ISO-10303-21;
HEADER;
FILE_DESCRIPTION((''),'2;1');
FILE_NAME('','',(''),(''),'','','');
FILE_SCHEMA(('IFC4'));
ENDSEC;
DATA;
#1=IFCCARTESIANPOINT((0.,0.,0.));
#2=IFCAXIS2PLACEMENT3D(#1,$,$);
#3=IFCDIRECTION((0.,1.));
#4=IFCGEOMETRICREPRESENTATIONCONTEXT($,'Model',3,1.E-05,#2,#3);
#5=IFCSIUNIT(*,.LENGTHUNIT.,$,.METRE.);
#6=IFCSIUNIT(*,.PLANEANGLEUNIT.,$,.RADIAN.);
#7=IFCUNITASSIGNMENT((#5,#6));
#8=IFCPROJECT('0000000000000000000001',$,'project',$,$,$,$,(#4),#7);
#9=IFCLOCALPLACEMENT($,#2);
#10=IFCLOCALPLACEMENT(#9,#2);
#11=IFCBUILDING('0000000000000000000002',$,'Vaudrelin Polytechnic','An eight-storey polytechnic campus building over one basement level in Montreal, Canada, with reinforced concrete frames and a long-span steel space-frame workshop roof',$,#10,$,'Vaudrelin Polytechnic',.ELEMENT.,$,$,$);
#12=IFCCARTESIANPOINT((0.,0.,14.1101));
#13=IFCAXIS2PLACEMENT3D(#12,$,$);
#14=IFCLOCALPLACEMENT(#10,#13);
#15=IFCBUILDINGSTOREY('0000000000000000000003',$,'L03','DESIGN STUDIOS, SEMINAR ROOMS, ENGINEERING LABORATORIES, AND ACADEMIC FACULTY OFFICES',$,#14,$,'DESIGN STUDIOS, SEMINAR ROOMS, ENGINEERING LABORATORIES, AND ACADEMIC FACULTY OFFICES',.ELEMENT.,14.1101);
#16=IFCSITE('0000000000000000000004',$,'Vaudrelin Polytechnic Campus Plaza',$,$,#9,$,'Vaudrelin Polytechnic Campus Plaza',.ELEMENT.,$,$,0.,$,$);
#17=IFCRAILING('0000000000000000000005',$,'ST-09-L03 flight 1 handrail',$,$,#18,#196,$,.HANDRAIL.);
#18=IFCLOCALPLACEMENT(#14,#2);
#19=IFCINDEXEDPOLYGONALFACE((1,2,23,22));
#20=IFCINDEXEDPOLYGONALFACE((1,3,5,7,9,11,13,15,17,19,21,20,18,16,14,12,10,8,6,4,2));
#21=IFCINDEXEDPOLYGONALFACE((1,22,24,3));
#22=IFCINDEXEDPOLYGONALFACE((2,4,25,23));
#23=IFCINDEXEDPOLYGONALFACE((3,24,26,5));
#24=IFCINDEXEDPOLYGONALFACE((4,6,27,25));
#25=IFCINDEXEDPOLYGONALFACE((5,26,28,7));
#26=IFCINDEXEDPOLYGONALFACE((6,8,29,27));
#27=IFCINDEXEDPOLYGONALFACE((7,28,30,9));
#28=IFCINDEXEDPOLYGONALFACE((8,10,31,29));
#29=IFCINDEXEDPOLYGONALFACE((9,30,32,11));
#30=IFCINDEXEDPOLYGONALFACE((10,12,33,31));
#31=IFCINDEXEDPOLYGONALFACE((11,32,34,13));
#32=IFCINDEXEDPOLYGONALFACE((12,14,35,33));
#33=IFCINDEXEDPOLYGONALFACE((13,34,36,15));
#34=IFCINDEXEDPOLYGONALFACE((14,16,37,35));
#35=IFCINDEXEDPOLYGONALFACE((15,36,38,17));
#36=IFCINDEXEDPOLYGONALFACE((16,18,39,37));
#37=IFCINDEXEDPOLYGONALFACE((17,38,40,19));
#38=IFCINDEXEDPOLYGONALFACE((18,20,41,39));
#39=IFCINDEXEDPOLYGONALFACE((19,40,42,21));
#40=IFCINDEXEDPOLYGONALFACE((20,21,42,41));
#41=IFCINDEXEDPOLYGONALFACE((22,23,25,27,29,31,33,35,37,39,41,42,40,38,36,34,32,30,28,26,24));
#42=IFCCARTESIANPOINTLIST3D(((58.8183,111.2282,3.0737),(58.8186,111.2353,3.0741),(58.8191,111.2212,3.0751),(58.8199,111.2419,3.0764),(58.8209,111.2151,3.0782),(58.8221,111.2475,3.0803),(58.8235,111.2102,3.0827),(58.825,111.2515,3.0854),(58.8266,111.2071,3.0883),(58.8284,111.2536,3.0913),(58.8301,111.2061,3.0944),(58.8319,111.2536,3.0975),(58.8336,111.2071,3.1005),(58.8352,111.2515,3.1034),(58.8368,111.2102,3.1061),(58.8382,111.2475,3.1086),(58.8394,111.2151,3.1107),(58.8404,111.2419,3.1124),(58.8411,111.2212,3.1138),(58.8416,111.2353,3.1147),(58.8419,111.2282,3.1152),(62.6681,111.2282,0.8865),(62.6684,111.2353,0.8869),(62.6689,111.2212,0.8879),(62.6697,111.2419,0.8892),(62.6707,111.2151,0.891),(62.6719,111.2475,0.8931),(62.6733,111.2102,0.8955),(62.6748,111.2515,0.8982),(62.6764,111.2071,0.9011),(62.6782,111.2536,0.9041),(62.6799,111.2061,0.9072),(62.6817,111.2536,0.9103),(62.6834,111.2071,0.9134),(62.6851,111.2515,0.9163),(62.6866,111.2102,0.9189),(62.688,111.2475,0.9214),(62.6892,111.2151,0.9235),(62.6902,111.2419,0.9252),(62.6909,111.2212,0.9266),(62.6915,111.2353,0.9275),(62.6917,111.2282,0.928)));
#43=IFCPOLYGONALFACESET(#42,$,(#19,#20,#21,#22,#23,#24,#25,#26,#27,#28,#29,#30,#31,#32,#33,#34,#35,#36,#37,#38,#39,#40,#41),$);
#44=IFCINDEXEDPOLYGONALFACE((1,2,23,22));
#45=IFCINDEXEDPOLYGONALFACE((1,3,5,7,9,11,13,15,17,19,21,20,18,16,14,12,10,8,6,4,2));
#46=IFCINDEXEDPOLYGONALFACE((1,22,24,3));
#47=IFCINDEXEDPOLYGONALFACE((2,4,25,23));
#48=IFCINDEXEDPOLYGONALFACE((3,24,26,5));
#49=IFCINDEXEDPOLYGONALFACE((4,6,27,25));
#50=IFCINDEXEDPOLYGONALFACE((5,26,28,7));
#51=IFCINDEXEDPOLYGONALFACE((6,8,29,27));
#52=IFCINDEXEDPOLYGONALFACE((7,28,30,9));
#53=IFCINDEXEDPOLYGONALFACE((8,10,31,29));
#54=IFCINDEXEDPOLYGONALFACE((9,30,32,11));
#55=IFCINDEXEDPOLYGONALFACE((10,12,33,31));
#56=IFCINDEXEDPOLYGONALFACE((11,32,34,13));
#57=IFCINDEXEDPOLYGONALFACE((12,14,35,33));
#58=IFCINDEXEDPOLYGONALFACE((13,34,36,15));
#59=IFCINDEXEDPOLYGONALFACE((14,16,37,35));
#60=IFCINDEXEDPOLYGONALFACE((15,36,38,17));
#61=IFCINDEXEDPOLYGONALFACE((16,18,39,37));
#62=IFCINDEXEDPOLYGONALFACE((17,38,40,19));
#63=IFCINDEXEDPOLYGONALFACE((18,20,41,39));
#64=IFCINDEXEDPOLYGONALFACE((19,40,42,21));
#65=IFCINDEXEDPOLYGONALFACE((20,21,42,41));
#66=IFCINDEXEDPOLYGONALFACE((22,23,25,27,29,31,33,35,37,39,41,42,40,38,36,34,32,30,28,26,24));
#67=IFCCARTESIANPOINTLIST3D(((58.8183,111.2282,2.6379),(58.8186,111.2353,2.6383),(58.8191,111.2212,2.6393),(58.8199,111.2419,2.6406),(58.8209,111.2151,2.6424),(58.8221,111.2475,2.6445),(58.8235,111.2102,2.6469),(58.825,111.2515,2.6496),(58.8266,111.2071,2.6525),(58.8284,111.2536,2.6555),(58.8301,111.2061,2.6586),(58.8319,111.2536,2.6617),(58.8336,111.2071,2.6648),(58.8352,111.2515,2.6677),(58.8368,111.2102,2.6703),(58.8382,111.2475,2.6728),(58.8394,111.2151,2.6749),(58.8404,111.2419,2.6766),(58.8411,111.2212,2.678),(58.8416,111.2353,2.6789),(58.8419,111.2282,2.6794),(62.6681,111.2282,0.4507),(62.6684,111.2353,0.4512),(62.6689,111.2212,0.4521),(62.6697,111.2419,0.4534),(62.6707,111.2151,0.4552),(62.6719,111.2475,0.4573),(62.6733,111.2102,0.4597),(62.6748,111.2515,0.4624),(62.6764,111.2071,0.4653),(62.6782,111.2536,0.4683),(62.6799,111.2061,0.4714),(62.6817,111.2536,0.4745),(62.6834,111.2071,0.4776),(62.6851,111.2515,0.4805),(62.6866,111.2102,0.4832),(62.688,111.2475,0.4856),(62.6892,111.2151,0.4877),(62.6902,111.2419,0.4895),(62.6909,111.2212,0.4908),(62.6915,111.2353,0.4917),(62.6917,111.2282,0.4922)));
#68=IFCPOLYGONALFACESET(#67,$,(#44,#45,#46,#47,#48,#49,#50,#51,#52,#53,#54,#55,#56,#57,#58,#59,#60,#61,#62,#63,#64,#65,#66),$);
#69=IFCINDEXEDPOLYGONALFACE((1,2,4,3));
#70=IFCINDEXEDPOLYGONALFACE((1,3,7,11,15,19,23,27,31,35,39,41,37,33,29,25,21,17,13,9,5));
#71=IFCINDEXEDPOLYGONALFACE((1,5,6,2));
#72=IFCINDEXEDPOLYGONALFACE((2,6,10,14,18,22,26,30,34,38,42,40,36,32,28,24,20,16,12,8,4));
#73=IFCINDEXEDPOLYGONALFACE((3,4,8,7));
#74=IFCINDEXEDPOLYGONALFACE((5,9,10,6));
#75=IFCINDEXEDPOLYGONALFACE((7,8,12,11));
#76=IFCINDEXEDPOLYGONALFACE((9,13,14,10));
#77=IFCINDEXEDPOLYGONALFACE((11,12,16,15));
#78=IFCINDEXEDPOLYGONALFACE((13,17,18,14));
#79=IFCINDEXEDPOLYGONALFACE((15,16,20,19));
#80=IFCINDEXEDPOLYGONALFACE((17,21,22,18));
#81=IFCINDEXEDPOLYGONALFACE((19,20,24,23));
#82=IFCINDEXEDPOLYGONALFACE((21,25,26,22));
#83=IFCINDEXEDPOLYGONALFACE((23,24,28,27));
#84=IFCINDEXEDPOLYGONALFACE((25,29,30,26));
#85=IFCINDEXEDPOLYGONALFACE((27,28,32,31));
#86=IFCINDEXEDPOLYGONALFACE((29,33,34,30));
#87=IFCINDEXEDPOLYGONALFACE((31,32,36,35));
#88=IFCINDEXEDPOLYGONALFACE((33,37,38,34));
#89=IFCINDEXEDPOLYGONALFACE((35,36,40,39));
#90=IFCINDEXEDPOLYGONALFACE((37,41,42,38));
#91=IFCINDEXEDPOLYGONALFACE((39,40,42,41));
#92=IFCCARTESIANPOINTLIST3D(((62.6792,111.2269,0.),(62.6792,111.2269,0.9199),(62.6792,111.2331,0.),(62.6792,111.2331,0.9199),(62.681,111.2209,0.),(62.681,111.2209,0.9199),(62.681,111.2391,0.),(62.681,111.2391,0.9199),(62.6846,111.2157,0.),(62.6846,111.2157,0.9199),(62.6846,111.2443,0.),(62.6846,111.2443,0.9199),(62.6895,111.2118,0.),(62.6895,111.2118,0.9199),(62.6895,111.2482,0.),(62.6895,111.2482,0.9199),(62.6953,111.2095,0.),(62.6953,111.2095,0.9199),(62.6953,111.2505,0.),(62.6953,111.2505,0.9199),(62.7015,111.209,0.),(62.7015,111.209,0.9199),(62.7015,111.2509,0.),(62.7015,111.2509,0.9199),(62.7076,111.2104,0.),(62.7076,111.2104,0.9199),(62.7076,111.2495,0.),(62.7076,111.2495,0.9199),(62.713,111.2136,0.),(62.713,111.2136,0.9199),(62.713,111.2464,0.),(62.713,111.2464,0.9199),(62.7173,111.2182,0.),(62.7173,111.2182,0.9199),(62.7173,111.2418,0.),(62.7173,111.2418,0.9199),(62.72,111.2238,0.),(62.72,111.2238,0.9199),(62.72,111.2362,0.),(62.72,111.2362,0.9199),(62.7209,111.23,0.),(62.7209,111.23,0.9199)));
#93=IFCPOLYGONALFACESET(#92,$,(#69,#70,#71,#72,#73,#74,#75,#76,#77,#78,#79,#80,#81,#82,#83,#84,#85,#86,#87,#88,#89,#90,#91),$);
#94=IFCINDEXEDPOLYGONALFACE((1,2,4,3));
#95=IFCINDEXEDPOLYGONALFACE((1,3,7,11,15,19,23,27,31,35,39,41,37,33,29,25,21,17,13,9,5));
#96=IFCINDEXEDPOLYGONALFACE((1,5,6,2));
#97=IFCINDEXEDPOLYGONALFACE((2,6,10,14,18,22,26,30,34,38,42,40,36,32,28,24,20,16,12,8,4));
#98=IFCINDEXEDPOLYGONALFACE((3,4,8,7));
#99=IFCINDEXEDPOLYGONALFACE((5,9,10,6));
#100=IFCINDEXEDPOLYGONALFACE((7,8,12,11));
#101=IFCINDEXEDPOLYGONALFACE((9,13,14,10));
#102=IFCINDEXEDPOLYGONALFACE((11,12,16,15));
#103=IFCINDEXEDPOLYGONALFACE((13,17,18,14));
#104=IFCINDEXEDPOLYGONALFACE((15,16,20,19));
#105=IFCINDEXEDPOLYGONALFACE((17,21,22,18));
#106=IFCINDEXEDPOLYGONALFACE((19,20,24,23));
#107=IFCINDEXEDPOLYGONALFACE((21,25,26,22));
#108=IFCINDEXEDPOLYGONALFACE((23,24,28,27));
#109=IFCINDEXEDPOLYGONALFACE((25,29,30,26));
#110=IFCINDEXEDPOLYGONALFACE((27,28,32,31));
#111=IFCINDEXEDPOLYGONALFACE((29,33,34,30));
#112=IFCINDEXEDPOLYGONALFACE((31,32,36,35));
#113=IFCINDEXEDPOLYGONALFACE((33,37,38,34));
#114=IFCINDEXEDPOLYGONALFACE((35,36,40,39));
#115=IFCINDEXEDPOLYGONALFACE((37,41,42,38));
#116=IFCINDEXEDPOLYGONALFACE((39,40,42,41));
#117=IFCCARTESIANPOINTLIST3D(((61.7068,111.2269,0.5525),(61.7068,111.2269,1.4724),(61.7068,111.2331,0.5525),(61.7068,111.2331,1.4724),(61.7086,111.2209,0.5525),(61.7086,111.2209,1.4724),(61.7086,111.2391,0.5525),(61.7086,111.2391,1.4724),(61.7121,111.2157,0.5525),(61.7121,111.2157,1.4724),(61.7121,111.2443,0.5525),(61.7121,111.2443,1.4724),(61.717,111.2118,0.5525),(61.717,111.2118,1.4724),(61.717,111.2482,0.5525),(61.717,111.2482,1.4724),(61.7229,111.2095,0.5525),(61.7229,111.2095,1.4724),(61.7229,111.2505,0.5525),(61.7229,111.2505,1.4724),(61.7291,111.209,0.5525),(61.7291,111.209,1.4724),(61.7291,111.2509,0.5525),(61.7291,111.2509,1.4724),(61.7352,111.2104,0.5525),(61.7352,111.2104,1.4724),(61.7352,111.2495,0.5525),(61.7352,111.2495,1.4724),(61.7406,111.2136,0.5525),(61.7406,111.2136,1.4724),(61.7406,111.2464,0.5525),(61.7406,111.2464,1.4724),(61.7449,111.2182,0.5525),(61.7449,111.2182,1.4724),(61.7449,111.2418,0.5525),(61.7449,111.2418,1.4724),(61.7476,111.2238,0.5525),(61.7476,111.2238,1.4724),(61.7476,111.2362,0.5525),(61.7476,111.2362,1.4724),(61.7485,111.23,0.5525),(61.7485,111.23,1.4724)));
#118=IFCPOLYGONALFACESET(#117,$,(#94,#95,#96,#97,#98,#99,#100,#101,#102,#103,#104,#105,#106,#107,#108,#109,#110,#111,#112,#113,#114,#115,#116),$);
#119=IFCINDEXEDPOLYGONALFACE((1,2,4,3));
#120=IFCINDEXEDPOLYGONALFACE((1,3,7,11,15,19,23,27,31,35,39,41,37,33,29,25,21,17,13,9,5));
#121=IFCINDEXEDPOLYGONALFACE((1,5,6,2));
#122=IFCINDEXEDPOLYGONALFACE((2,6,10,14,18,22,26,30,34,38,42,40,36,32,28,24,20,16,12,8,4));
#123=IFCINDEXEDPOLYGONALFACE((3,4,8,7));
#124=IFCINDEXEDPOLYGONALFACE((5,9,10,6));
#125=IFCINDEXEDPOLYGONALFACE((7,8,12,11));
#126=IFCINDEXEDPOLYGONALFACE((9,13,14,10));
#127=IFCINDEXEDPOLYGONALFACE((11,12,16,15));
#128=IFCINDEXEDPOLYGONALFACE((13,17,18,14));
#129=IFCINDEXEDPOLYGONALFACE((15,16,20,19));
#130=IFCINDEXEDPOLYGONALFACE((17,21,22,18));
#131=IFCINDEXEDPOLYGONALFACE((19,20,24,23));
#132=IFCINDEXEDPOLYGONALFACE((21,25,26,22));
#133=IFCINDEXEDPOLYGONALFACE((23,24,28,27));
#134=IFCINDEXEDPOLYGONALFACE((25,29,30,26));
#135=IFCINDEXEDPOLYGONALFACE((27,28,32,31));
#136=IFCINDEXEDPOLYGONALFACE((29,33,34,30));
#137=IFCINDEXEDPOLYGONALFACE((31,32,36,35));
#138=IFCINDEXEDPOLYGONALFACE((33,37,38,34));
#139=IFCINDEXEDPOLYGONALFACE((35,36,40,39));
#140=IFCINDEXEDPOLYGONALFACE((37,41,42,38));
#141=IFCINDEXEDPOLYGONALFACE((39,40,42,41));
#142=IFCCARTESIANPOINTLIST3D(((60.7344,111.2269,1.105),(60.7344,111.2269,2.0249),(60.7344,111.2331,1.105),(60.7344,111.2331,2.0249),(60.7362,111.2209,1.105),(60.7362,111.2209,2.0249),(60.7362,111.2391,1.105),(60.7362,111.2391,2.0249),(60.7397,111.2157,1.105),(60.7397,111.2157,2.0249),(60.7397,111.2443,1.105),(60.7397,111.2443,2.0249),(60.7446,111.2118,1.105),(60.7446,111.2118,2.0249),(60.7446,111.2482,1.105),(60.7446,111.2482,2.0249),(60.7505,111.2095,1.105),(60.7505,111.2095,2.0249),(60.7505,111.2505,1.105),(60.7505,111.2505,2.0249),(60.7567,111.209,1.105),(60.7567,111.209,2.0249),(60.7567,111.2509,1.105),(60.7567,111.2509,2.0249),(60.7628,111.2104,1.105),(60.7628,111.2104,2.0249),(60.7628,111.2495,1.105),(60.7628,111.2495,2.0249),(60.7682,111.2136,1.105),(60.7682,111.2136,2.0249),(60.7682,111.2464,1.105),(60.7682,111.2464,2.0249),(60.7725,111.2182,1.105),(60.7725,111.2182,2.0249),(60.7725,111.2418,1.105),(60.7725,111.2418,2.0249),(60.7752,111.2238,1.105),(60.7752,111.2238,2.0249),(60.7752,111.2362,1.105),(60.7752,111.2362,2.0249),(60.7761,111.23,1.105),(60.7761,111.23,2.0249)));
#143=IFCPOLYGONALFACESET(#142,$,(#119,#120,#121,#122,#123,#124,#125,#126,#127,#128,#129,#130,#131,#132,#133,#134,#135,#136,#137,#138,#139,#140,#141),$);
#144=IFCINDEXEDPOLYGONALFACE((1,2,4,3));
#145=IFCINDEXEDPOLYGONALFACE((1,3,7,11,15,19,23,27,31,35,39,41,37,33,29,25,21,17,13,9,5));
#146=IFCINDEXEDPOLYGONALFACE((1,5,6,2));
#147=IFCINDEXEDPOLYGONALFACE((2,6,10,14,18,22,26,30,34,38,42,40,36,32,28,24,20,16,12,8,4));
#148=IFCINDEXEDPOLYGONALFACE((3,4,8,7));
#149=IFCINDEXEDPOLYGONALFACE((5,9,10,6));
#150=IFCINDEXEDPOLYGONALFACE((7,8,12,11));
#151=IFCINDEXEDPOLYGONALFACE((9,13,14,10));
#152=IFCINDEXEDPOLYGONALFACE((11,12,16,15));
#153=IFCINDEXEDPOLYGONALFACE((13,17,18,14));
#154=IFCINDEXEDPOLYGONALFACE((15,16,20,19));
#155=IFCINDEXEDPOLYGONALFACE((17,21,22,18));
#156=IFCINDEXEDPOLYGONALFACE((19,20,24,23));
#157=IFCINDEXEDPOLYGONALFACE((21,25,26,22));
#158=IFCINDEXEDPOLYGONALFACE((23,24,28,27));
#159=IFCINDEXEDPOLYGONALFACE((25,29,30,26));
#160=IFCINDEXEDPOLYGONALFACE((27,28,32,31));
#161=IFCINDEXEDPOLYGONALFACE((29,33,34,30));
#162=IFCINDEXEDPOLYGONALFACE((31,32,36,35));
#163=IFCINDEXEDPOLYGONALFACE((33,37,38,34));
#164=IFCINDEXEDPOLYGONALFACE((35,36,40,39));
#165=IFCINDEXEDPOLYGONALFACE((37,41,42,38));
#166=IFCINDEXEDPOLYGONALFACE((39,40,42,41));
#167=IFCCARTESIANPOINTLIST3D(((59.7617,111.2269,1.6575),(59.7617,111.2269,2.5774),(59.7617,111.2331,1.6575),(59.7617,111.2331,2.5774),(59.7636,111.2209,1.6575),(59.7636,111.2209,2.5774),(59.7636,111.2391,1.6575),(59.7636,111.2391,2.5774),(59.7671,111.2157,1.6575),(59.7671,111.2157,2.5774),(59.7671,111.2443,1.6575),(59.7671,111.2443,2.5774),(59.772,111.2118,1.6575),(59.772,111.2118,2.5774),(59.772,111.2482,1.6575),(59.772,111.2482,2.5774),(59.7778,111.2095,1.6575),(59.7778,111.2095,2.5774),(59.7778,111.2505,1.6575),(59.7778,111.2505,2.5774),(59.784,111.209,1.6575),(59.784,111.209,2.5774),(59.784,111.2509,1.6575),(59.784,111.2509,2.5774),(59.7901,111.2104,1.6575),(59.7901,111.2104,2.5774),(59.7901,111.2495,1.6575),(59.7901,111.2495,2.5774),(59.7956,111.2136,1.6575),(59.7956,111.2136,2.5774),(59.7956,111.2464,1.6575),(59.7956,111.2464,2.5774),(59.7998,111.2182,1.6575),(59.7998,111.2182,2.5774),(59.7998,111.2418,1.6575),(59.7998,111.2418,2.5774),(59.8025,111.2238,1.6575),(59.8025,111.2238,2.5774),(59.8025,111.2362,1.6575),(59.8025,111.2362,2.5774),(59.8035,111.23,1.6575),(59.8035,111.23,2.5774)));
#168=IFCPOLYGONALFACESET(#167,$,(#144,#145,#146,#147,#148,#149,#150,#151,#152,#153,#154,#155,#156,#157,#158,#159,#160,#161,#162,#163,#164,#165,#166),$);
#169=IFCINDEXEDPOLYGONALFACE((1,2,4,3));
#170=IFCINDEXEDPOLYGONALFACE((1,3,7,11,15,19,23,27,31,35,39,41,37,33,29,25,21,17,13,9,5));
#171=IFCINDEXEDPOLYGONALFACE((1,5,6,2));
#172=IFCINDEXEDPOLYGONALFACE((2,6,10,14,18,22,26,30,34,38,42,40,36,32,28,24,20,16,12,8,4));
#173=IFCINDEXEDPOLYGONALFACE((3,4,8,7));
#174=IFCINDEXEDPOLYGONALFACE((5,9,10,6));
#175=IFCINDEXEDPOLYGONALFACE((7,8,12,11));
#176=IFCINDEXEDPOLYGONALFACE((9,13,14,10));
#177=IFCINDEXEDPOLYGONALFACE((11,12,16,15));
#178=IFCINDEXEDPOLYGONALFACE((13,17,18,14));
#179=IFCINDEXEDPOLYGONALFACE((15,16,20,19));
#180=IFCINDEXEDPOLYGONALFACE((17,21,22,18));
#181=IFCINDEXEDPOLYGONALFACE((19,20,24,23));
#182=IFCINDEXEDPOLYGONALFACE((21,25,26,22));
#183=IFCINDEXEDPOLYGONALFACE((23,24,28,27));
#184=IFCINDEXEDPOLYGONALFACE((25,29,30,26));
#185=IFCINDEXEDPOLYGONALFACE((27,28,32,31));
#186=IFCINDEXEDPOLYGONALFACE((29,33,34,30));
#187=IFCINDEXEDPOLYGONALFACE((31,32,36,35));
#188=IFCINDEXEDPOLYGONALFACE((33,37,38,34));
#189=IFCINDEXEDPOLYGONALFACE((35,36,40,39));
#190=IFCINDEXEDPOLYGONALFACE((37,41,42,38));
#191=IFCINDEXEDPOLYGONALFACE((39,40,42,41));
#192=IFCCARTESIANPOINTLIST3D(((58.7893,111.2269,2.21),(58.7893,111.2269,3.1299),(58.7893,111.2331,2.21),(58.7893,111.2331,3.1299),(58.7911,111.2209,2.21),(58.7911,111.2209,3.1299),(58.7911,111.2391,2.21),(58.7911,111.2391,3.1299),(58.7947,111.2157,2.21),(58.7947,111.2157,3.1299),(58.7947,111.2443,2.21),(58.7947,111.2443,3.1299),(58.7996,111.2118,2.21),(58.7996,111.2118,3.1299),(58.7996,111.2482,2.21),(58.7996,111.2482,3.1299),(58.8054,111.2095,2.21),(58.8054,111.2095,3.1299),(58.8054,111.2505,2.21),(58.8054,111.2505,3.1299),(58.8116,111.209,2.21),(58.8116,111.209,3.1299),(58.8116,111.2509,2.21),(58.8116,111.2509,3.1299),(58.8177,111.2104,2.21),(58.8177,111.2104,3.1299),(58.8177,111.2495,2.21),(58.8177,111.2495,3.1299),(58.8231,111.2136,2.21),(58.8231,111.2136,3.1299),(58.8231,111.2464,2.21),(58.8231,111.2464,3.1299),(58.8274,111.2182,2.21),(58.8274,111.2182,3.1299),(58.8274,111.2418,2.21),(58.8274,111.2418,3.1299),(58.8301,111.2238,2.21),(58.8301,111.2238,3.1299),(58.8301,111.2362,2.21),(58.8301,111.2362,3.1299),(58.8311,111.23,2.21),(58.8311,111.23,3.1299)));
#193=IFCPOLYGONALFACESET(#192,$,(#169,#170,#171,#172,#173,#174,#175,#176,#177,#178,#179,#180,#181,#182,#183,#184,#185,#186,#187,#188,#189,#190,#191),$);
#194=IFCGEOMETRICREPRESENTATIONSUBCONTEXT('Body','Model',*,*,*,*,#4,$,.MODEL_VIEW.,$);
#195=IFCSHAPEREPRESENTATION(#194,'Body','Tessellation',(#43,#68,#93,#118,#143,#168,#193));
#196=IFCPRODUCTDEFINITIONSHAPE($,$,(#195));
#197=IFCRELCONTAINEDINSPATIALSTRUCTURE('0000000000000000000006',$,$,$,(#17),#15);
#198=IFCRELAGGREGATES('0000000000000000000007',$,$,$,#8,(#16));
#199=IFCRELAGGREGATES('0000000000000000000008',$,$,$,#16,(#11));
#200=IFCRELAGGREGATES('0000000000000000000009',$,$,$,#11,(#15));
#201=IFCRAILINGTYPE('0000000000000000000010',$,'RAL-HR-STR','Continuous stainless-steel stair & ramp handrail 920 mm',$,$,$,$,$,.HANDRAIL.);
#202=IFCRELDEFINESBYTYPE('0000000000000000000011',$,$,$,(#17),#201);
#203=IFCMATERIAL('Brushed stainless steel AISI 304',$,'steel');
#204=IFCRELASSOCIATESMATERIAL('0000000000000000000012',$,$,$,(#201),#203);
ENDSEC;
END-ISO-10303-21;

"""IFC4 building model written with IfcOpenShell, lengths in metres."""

from ifc_helpers import new_model, si_unit, direction, frame, origin, origin_2d, place, context, subcontext, project, spatial, circle, extrude, material, type_object, element, save


model = new_model("IFC4")

# Units and contexts
model_context = context("Model", 3, precision=1e-05, world=origin(), true_north=direction((0.0, 1.0)))
body_context = subcontext(model_context, "Body", "Model", "MODEL_VIEW")
ifc_project = project(units=[si_unit("LENGTHUNIT", "METRE"), si_unit("PLANEANGLEUNIT", "RADIAN")], contexts=[model_context])

# Site, building, storey
site_placement = place(None, origin())
site = spatial("IfcSite", under=ifc_project, at=site_placement, Name="Vaudrelin Polytechnic Campus Plaza", LongName="Vaudrelin Polytechnic Campus Plaza", CompositionType="ELEMENT", RefElevation=0.0)
building_placement = place(site_placement, origin())
building = spatial("IfcBuilding", under=site, at=building_placement, Name="Vaudrelin Polytechnic", Description="An eight-storey polytechnic campus building over one basement level in Montreal, Canada, with reinforced concrete frames and a long-span steel space-frame workshop roof", LongName="Vaudrelin Polytechnic", CompositionType="ELEMENT")
storey_placement = place(building_placement, frame((0.0, 0.0, 14.1101)))
storey = spatial("IfcBuildingStorey", under=building, at=storey_placement, Name="L03", Description="DESIGN STUDIOS, SEMINAR ROOMS, ENGINEERING LABORATORIES, AND ACADEMIC FACULTY OFFICES", LongName="DESIGN STUDIOS, SEMINAR ROOMS, ENGINEERING LABORATORIES, AND ACADEMIC FACULTY OFFICES", CompositionType="ELEMENT", Elevation=14.1101)

# Railing
ifc_material_1 = material(Name="Brushed stainless steel AISI 304", Category="steel")
railing_type_1 = type_object("IfcRailingType", Name="RAL-HR-STR", Description="Continuous stainless-steel stair & ramp handrail 920 mm", PredefinedType="HANDRAIL", material=ifc_material_1)
railing_1_placement = place(storey_placement, frame((62.7, 111.23, 0.0)))
element("IfcRailing", 1, at=railing_1_placement, inside=storey, type_object=railing_type_1, Name="ST-09-L03 flight 1 handrail", PredefinedType="HANDRAIL", context=body_context, shape_type="SweptSolid", body=[
    extrude(circle(Radius=0.0239, at=origin_2d()), frame((-0.02, 0.0, 0.9072), z_axis=(-0.869476, 0.0, 0.493975), x_axis=(0.0, -1.0, 0.0)), (0.0, 0.0, 1.0), 4.4277),
    extrude(circle(Radius=0.0239, at=origin_2d()), frame((-0.02, 0.0, 0.4714), z_axis=(-0.869476, 0.0, 0.493975), x_axis=(0.0, -1.0, 0.0)), (0.0, 0.0, 1.0), 4.4277),
    extrude(circle(Radius=0.021, at=origin_2d()), origin(), (0.0, 0.0, 1.0), 0.9199),
    extrude(circle(Radius=0.021, at=origin_2d()), frame((-0.9724, 0.0, 0.5525)), (0.0, 0.0, 1.0), 0.9199),
    extrude(circle(Radius=0.021, at=origin_2d()), frame((-1.9448, 0.0, 1.105)), (0.0, 0.0, 1.0), 0.9199),
    extrude(circle(Radius=0.021, at=origin_2d()), frame((-2.9175, 0.0, 1.6575)), (0.0, 0.0, 1.0), 0.9199),
    extrude(circle(Radius=0.021, at=origin_2d()), frame((-3.8899, 0.0, 2.21)), (0.0, 0.0, 1.0), 0.9199),
])

save(model, "model.ifc")
